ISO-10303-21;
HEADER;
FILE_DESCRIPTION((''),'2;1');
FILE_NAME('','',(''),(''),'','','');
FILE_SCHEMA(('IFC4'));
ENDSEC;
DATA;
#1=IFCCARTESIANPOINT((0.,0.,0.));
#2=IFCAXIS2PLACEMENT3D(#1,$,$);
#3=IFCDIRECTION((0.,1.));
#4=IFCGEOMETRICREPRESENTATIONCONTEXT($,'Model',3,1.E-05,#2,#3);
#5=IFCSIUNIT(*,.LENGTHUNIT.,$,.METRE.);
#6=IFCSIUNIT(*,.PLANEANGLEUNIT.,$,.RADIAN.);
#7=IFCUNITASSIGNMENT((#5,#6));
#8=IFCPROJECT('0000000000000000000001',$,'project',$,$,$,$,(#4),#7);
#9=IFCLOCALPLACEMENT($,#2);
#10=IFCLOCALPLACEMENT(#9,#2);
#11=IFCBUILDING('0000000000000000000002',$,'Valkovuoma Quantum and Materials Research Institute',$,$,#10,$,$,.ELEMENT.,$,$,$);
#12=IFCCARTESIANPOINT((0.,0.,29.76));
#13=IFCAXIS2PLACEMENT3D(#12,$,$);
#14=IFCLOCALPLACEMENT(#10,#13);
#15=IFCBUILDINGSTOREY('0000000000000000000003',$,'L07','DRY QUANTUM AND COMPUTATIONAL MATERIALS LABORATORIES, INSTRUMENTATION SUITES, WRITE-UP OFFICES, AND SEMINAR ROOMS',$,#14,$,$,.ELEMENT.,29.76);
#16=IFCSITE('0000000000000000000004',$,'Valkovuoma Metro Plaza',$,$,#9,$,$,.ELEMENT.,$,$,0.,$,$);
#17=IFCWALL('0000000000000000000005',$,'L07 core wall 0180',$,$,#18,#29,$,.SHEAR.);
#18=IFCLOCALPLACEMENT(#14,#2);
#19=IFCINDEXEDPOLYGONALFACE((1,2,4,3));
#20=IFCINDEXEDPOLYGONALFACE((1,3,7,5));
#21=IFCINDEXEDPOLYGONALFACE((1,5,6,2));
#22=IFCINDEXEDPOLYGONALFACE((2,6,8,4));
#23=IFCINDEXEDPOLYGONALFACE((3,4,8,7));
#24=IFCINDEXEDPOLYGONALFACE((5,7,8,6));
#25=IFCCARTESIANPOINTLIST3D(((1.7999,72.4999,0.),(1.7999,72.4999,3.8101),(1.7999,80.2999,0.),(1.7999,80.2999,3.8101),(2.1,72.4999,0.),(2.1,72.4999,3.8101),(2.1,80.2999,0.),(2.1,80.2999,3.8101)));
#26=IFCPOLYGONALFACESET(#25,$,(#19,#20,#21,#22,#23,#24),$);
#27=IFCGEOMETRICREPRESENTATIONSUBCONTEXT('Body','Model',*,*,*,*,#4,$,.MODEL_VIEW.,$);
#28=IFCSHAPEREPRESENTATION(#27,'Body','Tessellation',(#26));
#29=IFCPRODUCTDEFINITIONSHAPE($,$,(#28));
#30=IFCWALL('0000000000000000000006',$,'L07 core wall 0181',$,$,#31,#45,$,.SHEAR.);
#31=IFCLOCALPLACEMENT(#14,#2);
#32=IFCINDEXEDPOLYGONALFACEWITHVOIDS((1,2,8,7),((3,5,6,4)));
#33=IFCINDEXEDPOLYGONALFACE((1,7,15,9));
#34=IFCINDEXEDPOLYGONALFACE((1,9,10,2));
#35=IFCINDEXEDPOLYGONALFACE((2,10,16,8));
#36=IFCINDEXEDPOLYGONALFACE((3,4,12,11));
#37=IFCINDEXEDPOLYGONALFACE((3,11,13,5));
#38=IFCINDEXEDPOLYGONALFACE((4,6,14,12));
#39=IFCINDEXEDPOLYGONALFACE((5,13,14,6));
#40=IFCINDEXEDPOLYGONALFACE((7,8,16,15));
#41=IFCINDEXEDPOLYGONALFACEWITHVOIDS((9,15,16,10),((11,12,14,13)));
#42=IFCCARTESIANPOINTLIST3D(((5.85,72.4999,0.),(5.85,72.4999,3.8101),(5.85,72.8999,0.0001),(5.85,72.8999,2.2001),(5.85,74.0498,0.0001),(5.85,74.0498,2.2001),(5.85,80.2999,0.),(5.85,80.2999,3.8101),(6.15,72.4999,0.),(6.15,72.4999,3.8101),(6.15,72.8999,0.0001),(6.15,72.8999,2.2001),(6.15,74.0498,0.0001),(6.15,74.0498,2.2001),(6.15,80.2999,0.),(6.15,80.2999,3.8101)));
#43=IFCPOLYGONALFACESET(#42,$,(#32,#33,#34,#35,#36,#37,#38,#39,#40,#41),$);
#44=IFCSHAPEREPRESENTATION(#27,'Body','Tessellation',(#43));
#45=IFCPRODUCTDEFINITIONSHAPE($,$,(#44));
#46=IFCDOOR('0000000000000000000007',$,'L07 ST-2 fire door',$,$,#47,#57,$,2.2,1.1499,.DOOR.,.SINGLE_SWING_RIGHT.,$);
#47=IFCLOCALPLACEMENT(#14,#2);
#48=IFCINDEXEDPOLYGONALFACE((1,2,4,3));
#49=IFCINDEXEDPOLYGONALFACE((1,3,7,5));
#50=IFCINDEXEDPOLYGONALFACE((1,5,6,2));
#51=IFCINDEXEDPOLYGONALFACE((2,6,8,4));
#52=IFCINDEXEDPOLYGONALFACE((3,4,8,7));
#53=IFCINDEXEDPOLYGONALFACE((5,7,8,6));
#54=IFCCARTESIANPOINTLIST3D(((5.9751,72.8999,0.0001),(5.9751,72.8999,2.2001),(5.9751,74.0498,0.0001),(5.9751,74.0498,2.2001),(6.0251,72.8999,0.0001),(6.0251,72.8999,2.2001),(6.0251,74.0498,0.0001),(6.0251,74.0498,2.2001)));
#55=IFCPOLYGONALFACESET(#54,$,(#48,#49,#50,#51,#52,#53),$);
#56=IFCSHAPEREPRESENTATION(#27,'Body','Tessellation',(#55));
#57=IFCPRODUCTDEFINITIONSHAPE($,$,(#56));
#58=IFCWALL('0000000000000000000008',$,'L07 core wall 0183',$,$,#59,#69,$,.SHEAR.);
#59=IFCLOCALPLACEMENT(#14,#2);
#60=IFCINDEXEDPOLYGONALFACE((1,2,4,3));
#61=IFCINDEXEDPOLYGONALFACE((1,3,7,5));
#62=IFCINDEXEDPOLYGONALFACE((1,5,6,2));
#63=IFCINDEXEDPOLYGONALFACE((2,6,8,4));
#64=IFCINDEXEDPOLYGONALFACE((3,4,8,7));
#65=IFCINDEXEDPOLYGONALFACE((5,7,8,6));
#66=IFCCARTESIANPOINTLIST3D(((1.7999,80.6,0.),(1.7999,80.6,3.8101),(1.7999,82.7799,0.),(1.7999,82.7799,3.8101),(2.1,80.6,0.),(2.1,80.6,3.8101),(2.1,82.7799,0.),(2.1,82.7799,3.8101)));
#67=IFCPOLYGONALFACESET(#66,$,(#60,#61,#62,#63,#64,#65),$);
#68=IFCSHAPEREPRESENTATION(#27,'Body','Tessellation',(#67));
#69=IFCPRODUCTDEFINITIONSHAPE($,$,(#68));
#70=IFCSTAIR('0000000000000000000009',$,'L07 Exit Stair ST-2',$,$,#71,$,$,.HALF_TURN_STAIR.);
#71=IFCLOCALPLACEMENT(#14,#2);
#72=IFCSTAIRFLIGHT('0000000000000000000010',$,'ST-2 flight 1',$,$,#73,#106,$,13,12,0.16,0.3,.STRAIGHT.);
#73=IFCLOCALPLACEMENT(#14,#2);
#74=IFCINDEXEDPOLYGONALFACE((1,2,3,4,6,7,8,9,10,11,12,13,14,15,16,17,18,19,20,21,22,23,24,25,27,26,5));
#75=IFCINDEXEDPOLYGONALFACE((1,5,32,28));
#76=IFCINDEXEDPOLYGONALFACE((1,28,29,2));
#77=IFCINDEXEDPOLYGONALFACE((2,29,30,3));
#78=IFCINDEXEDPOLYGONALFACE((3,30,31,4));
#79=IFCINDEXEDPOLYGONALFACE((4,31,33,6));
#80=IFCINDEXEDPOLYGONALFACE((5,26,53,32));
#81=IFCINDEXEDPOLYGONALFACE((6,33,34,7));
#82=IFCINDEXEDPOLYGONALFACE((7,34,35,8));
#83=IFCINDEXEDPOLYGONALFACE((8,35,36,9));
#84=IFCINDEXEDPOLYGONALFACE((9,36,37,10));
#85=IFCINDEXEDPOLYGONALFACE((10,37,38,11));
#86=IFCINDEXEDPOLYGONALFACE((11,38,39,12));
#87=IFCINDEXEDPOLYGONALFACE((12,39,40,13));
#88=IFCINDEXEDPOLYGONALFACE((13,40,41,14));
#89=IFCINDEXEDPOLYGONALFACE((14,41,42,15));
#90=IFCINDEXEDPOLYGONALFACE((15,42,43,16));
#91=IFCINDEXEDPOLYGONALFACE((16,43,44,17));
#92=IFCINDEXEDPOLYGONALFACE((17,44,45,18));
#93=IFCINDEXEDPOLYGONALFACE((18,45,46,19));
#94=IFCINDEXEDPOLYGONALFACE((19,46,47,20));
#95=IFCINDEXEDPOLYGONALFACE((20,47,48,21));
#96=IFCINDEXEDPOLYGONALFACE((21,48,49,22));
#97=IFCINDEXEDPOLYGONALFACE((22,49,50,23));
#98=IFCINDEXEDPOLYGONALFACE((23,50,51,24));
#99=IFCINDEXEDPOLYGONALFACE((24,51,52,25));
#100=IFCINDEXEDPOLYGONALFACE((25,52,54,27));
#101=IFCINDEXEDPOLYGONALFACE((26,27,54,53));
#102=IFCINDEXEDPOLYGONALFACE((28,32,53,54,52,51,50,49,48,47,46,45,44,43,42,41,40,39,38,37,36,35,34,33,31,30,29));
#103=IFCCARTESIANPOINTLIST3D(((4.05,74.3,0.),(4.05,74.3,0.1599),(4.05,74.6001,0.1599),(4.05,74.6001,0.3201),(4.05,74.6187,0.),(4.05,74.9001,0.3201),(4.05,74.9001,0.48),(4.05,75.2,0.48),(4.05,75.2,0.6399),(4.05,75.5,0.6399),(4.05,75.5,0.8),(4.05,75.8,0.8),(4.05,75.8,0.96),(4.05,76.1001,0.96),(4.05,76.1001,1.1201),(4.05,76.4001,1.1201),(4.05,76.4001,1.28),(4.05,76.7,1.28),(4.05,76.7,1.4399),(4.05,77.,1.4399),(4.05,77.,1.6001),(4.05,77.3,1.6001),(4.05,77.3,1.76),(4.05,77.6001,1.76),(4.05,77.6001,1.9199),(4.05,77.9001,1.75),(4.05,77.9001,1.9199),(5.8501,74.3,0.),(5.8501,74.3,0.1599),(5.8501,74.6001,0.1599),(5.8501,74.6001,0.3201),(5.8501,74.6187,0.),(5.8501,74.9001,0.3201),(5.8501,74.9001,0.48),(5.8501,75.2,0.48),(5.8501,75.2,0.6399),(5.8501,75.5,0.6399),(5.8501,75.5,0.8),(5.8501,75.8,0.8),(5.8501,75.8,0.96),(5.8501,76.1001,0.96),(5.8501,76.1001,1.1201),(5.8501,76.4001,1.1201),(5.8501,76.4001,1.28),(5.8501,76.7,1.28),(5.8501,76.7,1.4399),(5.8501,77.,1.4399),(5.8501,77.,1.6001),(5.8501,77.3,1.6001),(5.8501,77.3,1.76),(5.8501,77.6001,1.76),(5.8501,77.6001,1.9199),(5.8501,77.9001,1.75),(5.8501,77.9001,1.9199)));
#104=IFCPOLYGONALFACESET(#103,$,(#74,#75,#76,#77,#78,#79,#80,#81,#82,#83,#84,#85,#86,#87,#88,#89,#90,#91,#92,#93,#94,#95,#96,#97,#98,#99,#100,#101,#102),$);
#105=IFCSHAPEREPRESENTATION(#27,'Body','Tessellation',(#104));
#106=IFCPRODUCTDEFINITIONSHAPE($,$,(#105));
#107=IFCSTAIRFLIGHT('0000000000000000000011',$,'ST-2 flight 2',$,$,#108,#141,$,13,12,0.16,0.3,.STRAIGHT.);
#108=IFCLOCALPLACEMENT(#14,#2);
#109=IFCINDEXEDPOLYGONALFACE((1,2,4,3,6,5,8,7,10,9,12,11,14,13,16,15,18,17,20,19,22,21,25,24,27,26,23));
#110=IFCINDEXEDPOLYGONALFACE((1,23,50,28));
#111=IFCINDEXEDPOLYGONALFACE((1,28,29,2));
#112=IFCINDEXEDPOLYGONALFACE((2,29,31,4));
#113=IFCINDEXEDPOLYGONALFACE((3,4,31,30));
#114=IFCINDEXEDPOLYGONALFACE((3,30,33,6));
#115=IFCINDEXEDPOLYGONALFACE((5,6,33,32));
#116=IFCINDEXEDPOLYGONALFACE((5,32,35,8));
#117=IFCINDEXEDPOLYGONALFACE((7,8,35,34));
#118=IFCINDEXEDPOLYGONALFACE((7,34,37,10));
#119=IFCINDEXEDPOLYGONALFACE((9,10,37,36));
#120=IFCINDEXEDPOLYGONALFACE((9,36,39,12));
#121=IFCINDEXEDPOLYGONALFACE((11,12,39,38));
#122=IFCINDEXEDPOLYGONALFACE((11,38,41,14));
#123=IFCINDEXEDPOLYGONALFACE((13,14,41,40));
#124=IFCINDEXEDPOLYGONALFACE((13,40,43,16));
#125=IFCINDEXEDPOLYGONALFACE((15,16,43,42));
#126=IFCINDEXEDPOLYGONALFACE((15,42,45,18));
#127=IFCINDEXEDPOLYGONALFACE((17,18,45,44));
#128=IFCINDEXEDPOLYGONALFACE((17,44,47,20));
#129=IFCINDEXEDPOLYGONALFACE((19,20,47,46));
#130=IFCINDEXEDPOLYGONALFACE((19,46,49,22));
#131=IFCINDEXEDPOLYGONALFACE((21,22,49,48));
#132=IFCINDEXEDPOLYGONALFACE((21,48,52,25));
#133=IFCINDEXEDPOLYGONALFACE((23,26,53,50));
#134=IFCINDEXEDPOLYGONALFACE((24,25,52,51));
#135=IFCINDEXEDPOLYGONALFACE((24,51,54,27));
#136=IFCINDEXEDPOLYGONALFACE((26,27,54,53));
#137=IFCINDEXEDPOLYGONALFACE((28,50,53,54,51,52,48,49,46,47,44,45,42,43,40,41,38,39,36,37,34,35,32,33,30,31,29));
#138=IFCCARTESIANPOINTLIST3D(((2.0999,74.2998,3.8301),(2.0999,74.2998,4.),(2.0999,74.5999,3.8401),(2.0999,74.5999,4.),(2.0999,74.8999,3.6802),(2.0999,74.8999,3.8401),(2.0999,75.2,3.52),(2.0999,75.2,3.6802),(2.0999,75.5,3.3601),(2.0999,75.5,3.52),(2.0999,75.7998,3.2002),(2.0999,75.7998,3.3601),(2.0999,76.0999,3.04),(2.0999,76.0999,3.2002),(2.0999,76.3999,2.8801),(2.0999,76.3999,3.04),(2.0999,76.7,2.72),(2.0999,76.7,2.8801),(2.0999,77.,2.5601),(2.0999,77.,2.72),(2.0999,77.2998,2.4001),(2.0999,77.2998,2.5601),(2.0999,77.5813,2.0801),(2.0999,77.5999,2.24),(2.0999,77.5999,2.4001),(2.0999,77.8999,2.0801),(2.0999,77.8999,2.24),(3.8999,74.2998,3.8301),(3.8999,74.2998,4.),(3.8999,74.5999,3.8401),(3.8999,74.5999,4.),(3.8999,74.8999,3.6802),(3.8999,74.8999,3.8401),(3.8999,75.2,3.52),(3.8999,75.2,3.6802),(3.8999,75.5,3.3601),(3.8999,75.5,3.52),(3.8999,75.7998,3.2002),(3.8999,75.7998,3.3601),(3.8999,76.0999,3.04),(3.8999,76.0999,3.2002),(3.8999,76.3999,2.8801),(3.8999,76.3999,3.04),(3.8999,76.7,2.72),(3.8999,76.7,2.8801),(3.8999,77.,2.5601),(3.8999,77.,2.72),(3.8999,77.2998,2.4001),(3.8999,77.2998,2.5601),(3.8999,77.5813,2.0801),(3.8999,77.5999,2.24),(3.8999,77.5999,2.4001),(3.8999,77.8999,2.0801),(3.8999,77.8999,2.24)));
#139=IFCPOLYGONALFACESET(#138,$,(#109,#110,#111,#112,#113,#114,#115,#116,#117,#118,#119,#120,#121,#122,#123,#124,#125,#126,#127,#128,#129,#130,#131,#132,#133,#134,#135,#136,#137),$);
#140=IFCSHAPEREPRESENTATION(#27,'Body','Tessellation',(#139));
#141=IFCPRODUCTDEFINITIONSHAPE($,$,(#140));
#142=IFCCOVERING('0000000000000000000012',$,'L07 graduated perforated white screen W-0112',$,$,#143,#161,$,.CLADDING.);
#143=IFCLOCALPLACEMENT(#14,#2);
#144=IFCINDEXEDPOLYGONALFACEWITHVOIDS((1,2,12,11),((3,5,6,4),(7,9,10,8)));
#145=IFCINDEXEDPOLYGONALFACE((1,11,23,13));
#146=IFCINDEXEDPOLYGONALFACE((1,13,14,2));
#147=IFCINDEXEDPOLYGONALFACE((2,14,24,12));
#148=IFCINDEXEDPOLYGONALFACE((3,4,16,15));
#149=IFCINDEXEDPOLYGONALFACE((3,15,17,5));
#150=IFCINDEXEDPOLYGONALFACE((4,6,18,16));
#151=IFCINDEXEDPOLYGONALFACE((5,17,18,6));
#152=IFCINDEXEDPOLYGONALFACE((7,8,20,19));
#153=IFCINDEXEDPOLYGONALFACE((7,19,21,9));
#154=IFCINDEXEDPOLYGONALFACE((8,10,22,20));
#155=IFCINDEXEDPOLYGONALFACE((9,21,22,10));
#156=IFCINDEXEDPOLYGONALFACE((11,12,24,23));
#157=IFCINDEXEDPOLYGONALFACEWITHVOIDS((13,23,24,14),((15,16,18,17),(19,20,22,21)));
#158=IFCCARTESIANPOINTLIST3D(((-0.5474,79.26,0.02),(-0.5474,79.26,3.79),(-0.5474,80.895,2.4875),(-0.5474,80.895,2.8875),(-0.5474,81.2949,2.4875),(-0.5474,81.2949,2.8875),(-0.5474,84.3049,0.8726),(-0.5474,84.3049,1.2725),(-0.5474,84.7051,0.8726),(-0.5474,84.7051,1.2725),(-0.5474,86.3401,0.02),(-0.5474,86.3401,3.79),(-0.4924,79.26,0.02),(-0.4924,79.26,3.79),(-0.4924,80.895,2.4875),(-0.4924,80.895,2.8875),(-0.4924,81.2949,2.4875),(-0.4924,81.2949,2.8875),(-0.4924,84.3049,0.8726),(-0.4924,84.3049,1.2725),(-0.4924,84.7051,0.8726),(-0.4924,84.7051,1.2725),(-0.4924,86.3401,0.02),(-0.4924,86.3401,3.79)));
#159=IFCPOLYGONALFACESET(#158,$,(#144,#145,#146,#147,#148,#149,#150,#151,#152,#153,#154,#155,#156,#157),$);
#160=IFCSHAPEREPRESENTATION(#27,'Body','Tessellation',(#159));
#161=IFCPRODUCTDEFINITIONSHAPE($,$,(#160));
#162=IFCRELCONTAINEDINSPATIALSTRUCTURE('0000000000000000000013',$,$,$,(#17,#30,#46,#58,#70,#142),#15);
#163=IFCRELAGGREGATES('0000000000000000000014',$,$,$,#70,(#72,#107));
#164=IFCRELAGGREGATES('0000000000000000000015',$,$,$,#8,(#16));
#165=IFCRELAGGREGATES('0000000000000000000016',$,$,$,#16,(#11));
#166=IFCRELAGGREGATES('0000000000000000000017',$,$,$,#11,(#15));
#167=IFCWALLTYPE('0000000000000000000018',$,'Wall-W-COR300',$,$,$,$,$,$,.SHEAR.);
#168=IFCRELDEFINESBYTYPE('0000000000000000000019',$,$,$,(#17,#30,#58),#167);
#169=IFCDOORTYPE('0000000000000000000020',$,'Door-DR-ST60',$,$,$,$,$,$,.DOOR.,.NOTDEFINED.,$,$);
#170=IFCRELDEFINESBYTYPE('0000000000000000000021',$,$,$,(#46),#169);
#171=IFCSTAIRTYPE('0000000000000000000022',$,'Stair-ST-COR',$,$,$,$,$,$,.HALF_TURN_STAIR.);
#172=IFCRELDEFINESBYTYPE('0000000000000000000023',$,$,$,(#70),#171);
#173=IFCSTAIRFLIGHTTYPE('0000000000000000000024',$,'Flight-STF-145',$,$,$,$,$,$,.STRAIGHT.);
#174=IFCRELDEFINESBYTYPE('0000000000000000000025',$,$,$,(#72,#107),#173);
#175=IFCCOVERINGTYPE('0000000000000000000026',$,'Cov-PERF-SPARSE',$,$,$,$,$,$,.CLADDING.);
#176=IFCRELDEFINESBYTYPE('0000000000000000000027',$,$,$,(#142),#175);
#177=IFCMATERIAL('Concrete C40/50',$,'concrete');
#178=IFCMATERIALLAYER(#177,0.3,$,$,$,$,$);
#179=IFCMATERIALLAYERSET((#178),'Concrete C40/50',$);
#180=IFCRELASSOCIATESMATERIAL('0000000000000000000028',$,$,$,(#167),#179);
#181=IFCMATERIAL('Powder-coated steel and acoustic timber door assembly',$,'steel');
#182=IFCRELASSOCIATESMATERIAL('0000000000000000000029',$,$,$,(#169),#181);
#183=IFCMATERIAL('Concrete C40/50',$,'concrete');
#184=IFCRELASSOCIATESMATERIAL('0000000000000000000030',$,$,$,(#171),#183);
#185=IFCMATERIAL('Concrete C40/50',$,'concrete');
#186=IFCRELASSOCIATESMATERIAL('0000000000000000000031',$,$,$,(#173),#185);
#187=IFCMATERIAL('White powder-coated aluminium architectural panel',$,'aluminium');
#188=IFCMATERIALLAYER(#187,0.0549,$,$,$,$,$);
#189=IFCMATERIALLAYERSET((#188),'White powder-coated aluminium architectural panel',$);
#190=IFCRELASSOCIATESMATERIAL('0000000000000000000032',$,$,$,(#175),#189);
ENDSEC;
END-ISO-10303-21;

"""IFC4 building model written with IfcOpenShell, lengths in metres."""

from ifc_helpers import new_model, si_unit, direction, frame, frame_2d, origin, place, context, subcontext, project, spatial, polyline, rectangle, outline, extrude, material, layer, layer_set, type_object, element, fill, aggregate, save


model = new_model("IFC4")

# Units and contexts
model_context = context("Model", 3, precision=1e-05, world=origin(), true_north=direction((0.0, 1.0)))
body_context = subcontext(model_context, "Body", "Model", "MODEL_VIEW")
ifc_project = project(units=[si_unit("LENGTHUNIT", "METRE"), si_unit("PLANEANGLEUNIT", "RADIAN")], contexts=[model_context])

# Site, building, storey
site_placement = place(None, origin())
site = spatial("IfcSite", under=ifc_project, at=site_placement, Name="Valkovuoma Metro Plaza", CompositionType="ELEMENT", RefElevation=0.0)
building_placement = place(site_placement, origin())
building = spatial("IfcBuilding", under=site, at=building_placement, Name="Valkovuoma Quantum and Materials Research Institute", CompositionType="ELEMENT")
storey_placement = place(building_placement, frame((0.0, 0.0, 29.76)))
storey = spatial("IfcBuildingStorey", under=building, at=storey_placement, Name="L07", Description="DRY QUANTUM AND COMPUTATIONAL MATERIALS LABORATORIES, INSTRUMENTATION SUITES, WRITE-UP OFFICES, AND SEMINAR ROOMS", CompositionType="ELEMENT", Elevation=29.76)

# Wall
ifc_material_1 = material(Name="Concrete C40/50", Category="concrete")
ifc_layer_1 = layer(ifc_material_1, 0.3)
ifc_layer_set_1 = layer_set([ifc_layer_1], Name="Concrete C40/50")
wall_type = type_object("IfcWallType", Name="Wall-W-COR300", PredefinedType="SHEAR", material=ifc_layer_set_1)
wall_1_placement = place(storey_placement, frame((1.95, 72.5, 0.0), z_axis=(0.0, 0.0, 1.0), x_axis=(0.0, 1.0, 0.0)))
element("IfcWall", 1, at=wall_1_placement, inside=storey, type_object=wall_type, Name="L07 core wall 0180", PredefinedType="SHEAR", context=body_context, shape_type="SweptSolid", body=[
    extrude(rectangle(XDim=7.8, YDim=0.3, at=frame_2d((3.8999, 0.0))), origin(), (0.0, 0.0, 1.0), 3.8101),
])

# Wall, opening, door
wall_2_placement = place(storey_placement, frame((6.0, 72.5, 0.0), z_axis=(0.0, 0.0, 1.0), x_axis=(0.0, 1.0, 0.0)))
wall_2 = element("IfcWall", 2, at=wall_2_placement, inside=storey, type_object=wall_type, Name="L07 core wall 0181", PredefinedType="SHEAR", context=body_context, shape_type="SweptSolid", body=[
    extrude(rectangle(XDim=7.8, YDim=0.3, at=frame_2d((3.8999, 0.0))), origin(), (0.0, 0.0, 1.0), 3.8101),
])
opening_placement = place(wall_2_placement, frame((0.3999, 0.0, 0.0)))
opening = element("IfcOpeningElement", 3, at=opening_placement, cuts=wall_2, PredefinedType="OPENING", context=body_context, shape_type="SweptSolid", body=[
    extrude(rectangle(XDim=1.1499, YDim=2.2, at=frame_2d((0.575, 1.1001))), frame((0.0, 0.1602, 0.0), z_axis=(0.0, -1.0, 0.0), x_axis=(1.0, 0.0, 0.0)), (0.0, 0.0, 1.0), 0.3201),
])
ifc_material_2 = material(Name="Powder-coated steel and acoustic timber door assembly", Category="steel")
door_type = type_object("IfcDoorType", Name="Door-DR-ST60", OperationType="NOTDEFINED", PredefinedType="DOOR", material=ifc_material_2)
door_placement = place(opening_placement, origin())
door = element("IfcDoor", 4, at=door_placement, inside=storey, type_object=door_type, Name="L07 ST-2 fire door", OperationType="SINGLE_SWING_RIGHT", OverallHeight=2.2, OverallWidth=1.1499, PredefinedType="DOOR", context=body_context, shape_type="SweptSolid", body=[
    extrude(rectangle(XDim=1.1499, YDim=2.2, at=frame_2d((0.575, 1.1001))), frame((0.0, 0.0249, 0.0), z_axis=(0.0, -1.0, 0.0), x_axis=(1.0, 0.0, 0.0)), (0.0, 0.0, 1.0), 0.05),
])
fill(opening, door)

# Wall
wall_3_placement = place(storey_placement, frame((1.95, 80.6001, 0.0), z_axis=(0.0, 0.0, 1.0), x_axis=(0.0, 1.0, 0.0)))
element("IfcWall", 5, at=wall_3_placement, inside=storey, type_object=wall_type, Name="L07 core wall 0183", PredefinedType="SHEAR", context=body_context, shape_type="SweptSolid", body=[
    extrude(rectangle(XDim=2.1799, YDim=0.3, at=frame_2d((1.0898, 0.0))), origin(), (0.0, 0.0, 1.0), 3.8101),
])

# Stair, stair flights
ifc_material_3 = material(Name="Concrete C40/50", Category="concrete")
stair_type = type_object("IfcStairType", Name="Stair-ST-COR", PredefinedType="HALF_TURN_STAIR", material=ifc_material_3)
stair_placement = place(storey_placement, origin())
stair = element("IfcStair", 6, at=stair_placement, inside=storey, type_object=stair_type, Name="L07 Exit Stair ST-2", PredefinedType="HALF_TURN_STAIR")
ifc_material_4 = material(Name="Concrete C40/50", Category="concrete")
stair_flight_type = type_object("IfcStairFlightType", Name="Flight-STF-145", PredefinedType="STRAIGHT", material=ifc_material_4)
stair_flight_1_placement = place(storey_placement, frame((4.95, 74.3, 0.0), z_axis=(0.0, 0.0, 1.0), x_axis=(0.0, 1.0, 0.0)))
stair_flight_1 = element("IfcStairFlight", 7, at=stair_flight_1_placement, type_object=stair_flight_type, Name="ST-2 flight 1", NumberOfRisers=13, NumberOfTreads=12, PredefinedType="STRAIGHT", RiserHeight=0.16, TreadLength=0.3, context=body_context, shape_type="SweptSolid", body=[
    extrude(outline(polyline([(0.0, 0.0), (0.0, 0.1599), (0.3, 0.1599), (0.3, 0.3201), (0.6001, 0.3201), (0.6001, 0.48), (0.8999, 0.48), (0.8999, 0.6399), (1.2, 0.6399), (1.2, 0.8), (1.5, 0.8), (1.5, 0.96), (1.8, 0.96), (1.8, 1.1201), (2.1001, 1.1201), (2.1001, 1.28), (2.3999, 1.28), (2.3999, 1.4399), (2.7, 1.4399), (2.7, 1.6001), (3.0, 1.6001), (3.0, 1.76), (3.3, 1.76), (3.3, 1.9199), (3.6001, 1.9199), (3.6001, 2.0801), (3.6001, 1.75), (0.3186, 0.0), (0.0, 0.0)])), frame((0.0, 0.8999, 0.0), z_axis=(0.0, -1.0, 0.0), x_axis=(1.0, 0.0, 0.0)), (0.0, 0.0, 1.0), 1.8),
])
stair_flight_2_placement = place(storey_placement, frame((3.0, 77.8999, 2.0801), z_axis=(0.0, 0.0, 1.0), x_axis=(0.0, -1.0, 0.0)))
stair_flight_2 = element("IfcStairFlight", 8, at=stair_flight_2_placement, type_object=stair_flight_type, Name="ST-2 flight 2", NumberOfRisers=13, NumberOfTreads=12, PredefinedType="STRAIGHT", RiserHeight=0.16, TreadLength=0.3, context=body_context, shape_type="SweptSolid", body=[
    extrude(outline(polyline([(0.0, 0.0), (0.0, 0.1599), (0.3, 0.1599), (0.3, 0.3201), (0.6001, 0.3201), (0.6001, 0.48), (0.8999, 0.48), (0.8999, 0.6399), (1.2, 0.6399), (1.2, 0.8), (1.5, 0.8), (1.5, 0.96), (1.8, 0.96), (1.8, 1.1201), (2.1001, 1.1201), (2.1001, 1.28), (2.3999, 1.28), (2.3999, 1.4399), (2.7, 1.4399), (2.7, 1.6001), (3.0, 1.6001), (3.0, 1.76), (3.3, 1.76), (3.3, 1.9199), (3.6001, 1.9199), (3.6001, 2.0801), (3.6001, 1.75), (0.3186, 0.0), (0.0, 0.0)])), frame((0.0, 0.8999, 0.0), z_axis=(0.0, -1.0, 0.0), x_axis=(1.0, 0.0, 0.0)), (0.0, 0.0, 1.0), 1.8),
])
aggregate(stair, [stair_flight_1, stair_flight_2])

# Covering
ifc_material_5 = material(Name="White powder-coated aluminium architectural panel", Category="aluminium")
ifc_layer_2 = layer(ifc_material_5, 0.0549)
ifc_layer_set_2 = layer_set([ifc_layer_2], Name="White powder-coated aluminium architectural panel")
covering_type = type_object("IfcCoveringType", Name="Cov-PERF-SPARSE", PredefinedType="CLADDING", material=ifc_layer_set_2)
covering_placement = place(storey_placement, frame((-0.52, 79.26, 0.02), z_axis=(0.0, 0.0, 1.0), x_axis=(0.0, 1.0, 0.0)))
element("IfcCovering", 9, at=covering_placement, inside=storey, type_object=covering_type, Name="L07 graduated perforated white screen W-0112", PredefinedType="CLADDING", context=body_context, shape_type="SweptSolid", body=[
    extrude(outline(polyline([(0.0, 0.0), (7.0801, 0.0), (7.0801, 3.77), (0.0, 3.77), (0.0, 0.0)]), holes=[polyline([(1.635, 2.4675), (1.635, 2.8674), (2.0349, 2.8674), (2.0349, 2.4675), (1.635, 2.4675)]), polyline([(5.0449, 0.8525), (5.0449, 1.2524), (5.4451, 1.2524), (5.4451, 0.8525), (5.0449, 0.8525)])]), frame((0.0, 0.0273, 0.0), z_axis=(0.0, -1.0, 0.0), x_axis=(1.0, 0.0, 0.0)), (0.0, 0.0, 1.0), 0.0549),
])

save(model, "model.ifc")
